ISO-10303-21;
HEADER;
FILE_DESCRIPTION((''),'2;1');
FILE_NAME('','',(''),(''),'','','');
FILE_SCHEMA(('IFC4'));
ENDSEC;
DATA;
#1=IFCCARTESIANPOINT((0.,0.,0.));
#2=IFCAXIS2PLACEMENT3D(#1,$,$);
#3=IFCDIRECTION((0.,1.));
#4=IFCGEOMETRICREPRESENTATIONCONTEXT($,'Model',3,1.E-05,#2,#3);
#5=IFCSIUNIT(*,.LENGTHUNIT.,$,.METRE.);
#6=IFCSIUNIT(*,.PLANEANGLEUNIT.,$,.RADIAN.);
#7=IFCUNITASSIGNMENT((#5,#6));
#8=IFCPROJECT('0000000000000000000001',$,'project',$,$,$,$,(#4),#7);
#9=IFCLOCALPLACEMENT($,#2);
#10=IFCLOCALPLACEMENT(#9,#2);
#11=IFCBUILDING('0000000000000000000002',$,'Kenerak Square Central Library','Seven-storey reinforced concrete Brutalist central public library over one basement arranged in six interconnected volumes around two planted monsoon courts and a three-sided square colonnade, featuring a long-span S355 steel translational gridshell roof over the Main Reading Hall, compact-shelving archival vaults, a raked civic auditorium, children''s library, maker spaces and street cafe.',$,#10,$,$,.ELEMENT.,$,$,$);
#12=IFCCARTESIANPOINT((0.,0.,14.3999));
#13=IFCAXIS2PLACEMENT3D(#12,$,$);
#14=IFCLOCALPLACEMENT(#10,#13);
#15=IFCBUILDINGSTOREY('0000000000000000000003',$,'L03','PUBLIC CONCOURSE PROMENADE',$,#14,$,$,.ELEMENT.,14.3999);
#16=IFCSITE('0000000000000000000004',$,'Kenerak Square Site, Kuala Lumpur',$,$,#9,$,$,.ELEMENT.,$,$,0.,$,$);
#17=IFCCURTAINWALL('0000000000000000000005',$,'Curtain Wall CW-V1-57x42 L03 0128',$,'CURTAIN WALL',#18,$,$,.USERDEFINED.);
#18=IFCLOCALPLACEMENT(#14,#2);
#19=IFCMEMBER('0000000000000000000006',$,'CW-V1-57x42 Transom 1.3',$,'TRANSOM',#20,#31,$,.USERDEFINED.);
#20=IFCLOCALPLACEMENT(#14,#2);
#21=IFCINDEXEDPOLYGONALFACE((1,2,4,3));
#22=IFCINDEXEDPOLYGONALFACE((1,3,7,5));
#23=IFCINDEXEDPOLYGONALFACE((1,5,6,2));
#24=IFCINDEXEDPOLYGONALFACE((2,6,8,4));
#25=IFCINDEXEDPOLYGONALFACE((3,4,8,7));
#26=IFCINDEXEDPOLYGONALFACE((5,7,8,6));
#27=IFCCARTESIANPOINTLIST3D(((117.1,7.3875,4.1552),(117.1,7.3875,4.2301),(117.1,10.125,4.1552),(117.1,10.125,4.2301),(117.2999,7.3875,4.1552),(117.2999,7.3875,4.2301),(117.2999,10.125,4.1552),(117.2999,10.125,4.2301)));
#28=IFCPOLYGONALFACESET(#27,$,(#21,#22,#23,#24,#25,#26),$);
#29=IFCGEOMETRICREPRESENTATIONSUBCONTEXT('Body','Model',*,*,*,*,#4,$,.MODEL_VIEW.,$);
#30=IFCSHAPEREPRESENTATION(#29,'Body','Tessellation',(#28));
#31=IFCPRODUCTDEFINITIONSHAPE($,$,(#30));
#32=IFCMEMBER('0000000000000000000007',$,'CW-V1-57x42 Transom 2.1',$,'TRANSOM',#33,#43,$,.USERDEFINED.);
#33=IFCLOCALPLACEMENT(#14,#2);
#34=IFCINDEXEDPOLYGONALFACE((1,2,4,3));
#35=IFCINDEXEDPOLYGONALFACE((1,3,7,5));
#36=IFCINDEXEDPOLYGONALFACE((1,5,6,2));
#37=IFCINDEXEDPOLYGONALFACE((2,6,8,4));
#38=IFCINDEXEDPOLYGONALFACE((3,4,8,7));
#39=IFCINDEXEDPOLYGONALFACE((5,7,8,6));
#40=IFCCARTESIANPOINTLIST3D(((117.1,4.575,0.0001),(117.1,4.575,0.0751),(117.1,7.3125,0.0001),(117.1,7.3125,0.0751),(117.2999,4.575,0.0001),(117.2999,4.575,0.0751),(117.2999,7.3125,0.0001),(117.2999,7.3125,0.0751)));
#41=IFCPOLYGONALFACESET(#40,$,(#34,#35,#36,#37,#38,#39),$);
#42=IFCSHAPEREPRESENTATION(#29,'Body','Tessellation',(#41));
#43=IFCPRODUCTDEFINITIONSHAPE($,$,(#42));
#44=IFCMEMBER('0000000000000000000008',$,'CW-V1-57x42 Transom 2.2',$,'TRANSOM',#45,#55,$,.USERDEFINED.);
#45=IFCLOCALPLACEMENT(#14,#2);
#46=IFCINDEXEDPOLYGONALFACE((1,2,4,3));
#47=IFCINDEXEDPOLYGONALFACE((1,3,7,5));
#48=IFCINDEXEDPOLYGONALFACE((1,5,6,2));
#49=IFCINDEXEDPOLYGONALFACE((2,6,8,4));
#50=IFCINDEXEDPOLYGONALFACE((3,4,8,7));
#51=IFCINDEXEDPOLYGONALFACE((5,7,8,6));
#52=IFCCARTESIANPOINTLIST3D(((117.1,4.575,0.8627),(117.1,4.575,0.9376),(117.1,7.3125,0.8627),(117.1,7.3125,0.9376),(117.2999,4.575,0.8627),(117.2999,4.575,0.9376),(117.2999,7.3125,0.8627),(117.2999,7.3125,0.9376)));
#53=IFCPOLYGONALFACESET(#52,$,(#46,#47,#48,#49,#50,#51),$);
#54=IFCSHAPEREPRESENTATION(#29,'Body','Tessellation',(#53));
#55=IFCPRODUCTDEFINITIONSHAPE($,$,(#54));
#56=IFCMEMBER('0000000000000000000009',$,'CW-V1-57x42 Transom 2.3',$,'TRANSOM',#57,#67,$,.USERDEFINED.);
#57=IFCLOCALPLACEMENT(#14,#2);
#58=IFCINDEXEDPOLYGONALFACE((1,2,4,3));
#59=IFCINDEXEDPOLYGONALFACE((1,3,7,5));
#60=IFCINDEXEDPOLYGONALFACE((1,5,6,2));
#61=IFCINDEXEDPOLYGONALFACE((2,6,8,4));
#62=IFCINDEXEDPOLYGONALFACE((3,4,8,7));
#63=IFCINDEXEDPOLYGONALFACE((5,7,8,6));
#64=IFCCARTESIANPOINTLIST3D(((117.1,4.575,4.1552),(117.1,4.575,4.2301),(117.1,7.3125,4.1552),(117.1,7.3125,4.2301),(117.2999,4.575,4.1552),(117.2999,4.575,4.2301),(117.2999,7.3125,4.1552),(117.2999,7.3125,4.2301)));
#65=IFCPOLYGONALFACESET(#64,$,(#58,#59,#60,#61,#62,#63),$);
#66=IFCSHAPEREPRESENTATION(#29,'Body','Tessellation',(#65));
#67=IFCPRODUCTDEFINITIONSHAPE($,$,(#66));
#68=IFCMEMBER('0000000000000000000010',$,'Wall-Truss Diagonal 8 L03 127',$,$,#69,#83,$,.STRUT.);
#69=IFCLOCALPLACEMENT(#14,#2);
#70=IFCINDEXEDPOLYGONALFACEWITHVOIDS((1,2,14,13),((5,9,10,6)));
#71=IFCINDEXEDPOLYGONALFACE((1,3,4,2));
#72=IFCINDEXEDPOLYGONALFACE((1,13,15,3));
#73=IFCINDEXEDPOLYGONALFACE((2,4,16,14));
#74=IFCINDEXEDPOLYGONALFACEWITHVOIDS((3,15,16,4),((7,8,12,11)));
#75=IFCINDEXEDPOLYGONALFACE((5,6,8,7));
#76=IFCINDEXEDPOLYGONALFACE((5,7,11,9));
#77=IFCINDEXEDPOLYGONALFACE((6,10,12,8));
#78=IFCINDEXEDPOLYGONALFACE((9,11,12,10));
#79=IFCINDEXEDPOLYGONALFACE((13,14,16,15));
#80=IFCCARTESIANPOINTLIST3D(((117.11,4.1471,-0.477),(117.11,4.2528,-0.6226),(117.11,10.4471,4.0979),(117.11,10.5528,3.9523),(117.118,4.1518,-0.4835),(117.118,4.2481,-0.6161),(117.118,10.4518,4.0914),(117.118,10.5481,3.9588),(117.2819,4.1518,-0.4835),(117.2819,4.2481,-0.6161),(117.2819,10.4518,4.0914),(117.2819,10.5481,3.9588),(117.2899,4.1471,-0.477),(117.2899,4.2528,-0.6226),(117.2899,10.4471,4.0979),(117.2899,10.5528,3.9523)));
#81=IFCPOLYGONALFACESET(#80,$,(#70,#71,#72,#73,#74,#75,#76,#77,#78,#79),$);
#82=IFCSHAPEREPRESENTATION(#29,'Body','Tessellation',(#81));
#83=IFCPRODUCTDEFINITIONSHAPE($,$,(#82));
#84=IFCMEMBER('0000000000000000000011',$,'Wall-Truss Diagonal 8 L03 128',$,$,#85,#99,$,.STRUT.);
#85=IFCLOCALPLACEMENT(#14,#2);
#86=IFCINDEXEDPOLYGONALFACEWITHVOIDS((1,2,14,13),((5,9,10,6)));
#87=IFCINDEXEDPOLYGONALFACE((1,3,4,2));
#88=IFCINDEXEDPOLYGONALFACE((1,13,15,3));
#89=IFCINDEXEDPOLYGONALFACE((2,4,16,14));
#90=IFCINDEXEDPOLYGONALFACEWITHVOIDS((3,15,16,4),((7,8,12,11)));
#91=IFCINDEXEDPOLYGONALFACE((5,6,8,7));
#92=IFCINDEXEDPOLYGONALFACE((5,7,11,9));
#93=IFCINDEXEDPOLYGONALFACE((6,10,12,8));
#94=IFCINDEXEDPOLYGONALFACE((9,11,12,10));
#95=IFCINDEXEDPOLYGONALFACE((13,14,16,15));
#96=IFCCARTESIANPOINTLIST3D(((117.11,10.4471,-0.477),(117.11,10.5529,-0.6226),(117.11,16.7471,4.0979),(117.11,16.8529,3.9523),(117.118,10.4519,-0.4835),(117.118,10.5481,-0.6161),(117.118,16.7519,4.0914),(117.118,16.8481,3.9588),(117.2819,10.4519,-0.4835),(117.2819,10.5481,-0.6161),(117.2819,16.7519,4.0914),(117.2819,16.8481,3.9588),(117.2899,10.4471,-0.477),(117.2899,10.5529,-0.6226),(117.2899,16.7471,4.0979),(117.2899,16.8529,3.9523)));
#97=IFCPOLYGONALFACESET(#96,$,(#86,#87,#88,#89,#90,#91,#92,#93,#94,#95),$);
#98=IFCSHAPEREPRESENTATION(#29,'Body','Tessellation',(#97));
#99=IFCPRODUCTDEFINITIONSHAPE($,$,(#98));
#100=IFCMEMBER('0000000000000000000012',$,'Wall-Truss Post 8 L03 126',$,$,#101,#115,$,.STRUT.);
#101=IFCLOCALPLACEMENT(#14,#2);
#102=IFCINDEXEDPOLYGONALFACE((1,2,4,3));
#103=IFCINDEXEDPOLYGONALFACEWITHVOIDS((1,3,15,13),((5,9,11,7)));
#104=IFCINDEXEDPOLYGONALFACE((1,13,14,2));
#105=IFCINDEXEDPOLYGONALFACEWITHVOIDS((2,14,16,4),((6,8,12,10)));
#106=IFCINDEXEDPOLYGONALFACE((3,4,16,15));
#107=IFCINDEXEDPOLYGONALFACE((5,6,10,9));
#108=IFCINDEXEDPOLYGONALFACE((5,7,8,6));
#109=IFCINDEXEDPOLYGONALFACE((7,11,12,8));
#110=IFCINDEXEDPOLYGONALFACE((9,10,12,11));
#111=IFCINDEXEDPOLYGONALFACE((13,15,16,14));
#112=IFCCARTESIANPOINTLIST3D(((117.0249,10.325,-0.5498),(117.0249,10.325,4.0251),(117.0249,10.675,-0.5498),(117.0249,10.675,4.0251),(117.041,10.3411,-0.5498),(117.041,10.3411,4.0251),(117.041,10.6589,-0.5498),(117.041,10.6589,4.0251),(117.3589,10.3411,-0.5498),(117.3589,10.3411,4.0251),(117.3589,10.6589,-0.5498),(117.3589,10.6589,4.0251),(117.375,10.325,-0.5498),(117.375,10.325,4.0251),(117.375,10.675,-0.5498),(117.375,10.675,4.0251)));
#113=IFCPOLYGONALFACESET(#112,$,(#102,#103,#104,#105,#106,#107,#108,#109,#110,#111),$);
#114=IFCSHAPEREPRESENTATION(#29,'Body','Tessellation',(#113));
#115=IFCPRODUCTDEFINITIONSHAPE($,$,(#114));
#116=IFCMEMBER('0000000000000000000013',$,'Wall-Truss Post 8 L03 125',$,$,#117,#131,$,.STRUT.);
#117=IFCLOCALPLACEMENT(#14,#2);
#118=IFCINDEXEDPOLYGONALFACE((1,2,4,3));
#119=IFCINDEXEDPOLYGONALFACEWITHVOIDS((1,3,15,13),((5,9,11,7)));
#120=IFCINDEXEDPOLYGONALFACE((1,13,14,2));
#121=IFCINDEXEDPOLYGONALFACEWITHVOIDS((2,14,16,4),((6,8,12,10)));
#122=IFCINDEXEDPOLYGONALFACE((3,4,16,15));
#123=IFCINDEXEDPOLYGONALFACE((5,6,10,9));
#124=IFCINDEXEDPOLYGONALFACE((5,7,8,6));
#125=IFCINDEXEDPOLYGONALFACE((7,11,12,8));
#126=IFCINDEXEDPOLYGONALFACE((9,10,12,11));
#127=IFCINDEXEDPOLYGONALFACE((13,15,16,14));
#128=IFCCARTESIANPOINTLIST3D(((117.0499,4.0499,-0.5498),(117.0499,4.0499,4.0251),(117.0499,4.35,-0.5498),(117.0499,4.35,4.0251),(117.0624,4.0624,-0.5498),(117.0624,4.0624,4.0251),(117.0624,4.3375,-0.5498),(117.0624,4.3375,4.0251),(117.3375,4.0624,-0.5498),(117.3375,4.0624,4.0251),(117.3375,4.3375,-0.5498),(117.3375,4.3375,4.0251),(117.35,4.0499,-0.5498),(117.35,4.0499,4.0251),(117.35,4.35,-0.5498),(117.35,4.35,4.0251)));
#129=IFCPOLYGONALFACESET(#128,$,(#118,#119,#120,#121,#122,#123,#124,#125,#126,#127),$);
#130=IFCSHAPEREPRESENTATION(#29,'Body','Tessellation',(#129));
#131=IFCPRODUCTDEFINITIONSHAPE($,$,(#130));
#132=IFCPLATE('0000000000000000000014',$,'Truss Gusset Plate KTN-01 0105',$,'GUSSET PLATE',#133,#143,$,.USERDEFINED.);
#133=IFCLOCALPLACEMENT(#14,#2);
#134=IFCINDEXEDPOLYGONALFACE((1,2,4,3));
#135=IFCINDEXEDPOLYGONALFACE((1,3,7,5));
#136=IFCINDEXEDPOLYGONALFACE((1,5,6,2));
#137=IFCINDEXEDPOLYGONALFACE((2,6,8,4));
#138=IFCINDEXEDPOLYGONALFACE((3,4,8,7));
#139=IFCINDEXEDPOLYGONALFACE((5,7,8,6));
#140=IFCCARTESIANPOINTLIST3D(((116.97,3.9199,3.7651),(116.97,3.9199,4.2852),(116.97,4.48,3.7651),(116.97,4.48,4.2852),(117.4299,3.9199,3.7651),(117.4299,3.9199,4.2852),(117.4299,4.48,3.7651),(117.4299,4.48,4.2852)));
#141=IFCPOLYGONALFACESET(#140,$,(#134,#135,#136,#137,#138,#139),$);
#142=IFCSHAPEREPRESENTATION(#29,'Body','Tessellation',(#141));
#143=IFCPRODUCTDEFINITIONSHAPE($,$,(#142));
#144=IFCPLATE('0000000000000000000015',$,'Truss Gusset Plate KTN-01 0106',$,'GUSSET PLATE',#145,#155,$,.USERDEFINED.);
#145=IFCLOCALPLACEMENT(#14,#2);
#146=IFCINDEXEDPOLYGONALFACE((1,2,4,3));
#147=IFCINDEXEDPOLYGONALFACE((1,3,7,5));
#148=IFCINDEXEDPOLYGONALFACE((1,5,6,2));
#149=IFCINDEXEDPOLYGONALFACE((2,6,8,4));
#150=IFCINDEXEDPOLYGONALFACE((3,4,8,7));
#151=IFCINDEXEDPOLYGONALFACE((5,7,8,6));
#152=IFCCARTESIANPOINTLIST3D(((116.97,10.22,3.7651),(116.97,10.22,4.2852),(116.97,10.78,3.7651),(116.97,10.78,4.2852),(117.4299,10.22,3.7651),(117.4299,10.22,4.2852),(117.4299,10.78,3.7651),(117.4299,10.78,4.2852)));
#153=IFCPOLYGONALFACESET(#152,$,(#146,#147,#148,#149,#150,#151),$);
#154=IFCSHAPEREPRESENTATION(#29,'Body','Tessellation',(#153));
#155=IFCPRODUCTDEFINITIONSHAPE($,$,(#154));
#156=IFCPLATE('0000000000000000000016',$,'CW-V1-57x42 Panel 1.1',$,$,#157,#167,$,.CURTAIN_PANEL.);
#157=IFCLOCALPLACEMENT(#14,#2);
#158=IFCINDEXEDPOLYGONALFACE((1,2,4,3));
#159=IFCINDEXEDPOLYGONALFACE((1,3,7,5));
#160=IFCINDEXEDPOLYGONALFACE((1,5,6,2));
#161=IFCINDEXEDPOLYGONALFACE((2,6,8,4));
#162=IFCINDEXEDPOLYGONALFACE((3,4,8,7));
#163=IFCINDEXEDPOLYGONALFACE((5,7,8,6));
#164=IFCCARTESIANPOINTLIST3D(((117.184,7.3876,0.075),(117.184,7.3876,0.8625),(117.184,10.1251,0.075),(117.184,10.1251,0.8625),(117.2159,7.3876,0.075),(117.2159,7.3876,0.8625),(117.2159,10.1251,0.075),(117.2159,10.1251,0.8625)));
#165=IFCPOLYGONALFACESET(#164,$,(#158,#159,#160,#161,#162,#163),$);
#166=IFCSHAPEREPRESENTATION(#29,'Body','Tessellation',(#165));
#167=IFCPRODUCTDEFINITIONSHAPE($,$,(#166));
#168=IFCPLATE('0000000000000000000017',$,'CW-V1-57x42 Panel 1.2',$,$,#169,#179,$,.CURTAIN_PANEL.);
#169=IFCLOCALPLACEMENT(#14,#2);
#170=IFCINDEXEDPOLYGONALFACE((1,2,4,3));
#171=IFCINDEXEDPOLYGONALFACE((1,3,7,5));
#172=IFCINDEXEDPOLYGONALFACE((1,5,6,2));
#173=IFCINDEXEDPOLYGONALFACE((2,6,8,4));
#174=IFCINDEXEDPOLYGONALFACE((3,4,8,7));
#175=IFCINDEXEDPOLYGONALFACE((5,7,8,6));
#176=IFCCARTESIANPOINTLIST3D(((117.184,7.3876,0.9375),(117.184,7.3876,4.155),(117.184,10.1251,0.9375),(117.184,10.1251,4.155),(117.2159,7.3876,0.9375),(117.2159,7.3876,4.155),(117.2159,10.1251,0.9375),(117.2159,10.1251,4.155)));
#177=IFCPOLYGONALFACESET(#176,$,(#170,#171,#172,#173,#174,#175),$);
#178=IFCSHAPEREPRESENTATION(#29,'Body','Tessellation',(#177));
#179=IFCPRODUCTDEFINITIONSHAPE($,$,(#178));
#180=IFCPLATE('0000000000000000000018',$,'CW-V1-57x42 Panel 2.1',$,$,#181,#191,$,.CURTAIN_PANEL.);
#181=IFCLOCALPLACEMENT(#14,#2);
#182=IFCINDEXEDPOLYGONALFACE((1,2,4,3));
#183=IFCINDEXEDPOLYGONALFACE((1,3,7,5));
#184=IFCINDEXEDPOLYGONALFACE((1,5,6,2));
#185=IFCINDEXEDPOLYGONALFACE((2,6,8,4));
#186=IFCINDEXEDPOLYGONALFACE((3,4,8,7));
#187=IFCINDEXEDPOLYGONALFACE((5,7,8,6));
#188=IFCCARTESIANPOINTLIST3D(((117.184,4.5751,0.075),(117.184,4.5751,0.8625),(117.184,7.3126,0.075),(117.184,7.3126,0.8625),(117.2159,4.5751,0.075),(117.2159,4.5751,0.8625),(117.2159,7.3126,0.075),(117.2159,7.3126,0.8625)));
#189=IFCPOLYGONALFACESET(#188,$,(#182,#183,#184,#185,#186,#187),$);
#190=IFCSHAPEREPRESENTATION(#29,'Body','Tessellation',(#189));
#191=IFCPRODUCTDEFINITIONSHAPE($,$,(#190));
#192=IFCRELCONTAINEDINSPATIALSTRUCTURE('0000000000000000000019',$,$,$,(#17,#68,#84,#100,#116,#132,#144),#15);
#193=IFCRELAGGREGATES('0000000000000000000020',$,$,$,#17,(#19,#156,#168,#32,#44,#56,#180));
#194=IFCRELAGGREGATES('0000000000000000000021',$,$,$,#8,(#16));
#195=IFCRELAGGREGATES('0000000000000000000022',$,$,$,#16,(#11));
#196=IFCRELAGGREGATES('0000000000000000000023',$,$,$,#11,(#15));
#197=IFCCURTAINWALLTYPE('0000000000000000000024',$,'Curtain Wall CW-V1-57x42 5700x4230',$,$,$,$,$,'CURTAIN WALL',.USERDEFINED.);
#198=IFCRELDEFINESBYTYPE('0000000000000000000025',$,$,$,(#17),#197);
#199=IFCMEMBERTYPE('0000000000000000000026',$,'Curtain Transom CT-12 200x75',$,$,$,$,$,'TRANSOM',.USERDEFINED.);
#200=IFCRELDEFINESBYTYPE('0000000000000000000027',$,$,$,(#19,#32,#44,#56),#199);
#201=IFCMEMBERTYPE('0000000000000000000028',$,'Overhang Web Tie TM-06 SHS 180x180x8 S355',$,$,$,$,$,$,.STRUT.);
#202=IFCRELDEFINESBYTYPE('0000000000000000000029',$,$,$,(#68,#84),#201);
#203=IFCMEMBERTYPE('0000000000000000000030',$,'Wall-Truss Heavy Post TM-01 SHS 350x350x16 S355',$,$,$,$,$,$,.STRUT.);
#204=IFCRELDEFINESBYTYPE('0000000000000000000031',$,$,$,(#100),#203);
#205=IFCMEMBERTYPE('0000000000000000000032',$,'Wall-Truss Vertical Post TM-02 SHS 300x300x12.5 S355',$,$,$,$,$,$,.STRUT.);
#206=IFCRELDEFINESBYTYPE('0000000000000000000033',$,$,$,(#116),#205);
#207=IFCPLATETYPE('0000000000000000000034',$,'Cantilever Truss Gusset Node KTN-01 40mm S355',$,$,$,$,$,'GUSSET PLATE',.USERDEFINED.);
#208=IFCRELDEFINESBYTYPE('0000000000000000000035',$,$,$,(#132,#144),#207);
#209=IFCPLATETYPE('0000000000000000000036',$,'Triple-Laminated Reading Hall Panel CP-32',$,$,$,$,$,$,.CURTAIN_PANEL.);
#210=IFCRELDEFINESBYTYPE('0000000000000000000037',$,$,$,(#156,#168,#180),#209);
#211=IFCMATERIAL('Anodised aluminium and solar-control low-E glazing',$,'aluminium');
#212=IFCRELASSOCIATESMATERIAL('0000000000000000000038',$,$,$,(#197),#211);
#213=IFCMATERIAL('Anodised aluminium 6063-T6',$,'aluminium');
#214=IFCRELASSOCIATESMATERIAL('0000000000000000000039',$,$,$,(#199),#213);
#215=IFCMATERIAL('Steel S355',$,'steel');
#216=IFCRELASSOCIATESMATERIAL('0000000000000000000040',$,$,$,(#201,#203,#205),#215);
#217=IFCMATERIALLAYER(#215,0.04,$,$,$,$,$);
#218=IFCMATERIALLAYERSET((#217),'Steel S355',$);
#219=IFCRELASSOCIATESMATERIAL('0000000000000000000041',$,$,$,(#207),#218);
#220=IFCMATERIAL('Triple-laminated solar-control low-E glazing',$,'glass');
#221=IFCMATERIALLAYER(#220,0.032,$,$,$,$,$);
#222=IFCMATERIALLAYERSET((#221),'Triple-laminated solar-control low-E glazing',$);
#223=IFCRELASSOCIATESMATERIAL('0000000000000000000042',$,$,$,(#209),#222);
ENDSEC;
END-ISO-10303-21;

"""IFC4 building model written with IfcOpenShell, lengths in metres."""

from ifc_helpers import new_model, si_unit, direction, frame, origin, origin_2d, place, context, subcontext, project, spatial, rectangle, hollow_rectangle, extrude, material, layer, layer_set, material_profile, profile_set, type_object, element, aggregate, save


model = new_model("IFC4")

# Units and contexts
model_context = context("Model", 3, precision=1e-05, world=origin(), true_north=direction((0.0, 1.0)))
body_context = subcontext(model_context, "Body", "Model", "MODEL_VIEW")
ifc_project = project(units=[si_unit("LENGTHUNIT", "METRE"), si_unit("PLANEANGLEUNIT", "RADIAN")], contexts=[model_context])

# Site, building, storey
site_placement = place(None, origin())
site = spatial("IfcSite", under=ifc_project, at=site_placement, Name="Kenerak Square Site, Kuala Lumpur", CompositionType="ELEMENT", RefElevation=0.0)
building_placement = place(site_placement, origin())
building = spatial("IfcBuilding", under=site, at=building_placement, Name="Kenerak Square Central Library", Description="Seven-storey reinforced concrete Brutalist central public library over one basement arranged in six interconnected volumes around two planted monsoon courts and a three-sided square colonnade, featuring a long-span S355 steel translational gridshell roof over the Main Reading Hall, compact-shelving archival vaults, a raked civic auditorium, children's library, maker spaces and street cafe.", CompositionType="ELEMENT")
storey_placement = place(building_placement, frame((0.0, 0.0, 14.3999)))
storey = spatial("IfcBuildingStorey", under=building, at=storey_placement, Name="L03", Description="PUBLIC CONCOURSE PROMENADE", CompositionType="ELEMENT", Elevation=14.3999)

# Shared definitions
ifc_material_1 = material(Name="Steel S355", Category="steel")

# Shared definitions
ifc_material_2 = material(Name="Anodised aluminium and solar-control low-E glazing", Category="aluminium")
ifc_material_3 = material(Name="Anodised aluminium 6063-T6", Category="aluminium")

# Curtain wall
curtain_wall_type_1 = type_object("IfcCurtainWallType", Name="Curtain Wall CW-V1-57x42 5700x4230", ElementType="CURTAIN WALL", PredefinedType="USERDEFINED", material=ifc_material_2)
curtain_wall_1_placement = place(storey_placement, origin())
curtain_wall_1 = element("IfcCurtainWall", 1, at=curtain_wall_1_placement, inside=storey, type_object=curtain_wall_type_1, Name="Curtain Wall CW-V1-57x42 L03 0128", ObjectType="CURTAIN WALL", PredefinedType="USERDEFINED")

# Members
ifc_material_profile_1 = material_profile(ifc_material_3, rectangle(XDim=0.2, YDim=0.075, at=origin_2d()), Name="AL TRANSOM 200x75")
ifc_profile_set_1 = profile_set([ifc_material_profile_1], Name="Anodised aluminium 6063-T6")
member_type_1 = type_object("IfcMemberType", Name="Curtain Transom CT-12 200x75", ElementType="TRANSOM", PredefinedType="USERDEFINED", material=ifc_profile_set_1)
member_1_placement = place(storey_placement, frame((117.2, 10.125, 4.1926), z_axis=(0.0, -1.0, 0.0), x_axis=(1.0, 0.0, 0.0)))
member_1 = element("IfcMember", 2, at=member_1_placement, type_object=member_type_1, Name="CW-V1-57x42 Transom 1.3", ObjectType="TRANSOM", PredefinedType="USERDEFINED", context=body_context, shape_type="SweptSolid", body=[
    extrude(rectangle(XDim=0.2, YDim=0.075, at=origin_2d()), origin(), (0.0, 0.0, 1.0), 2.7375),
])
member_2_placement = place(storey_placement, frame((117.2, 7.3125, 0.0376), z_axis=(0.0, -1.0, 0.0), x_axis=(1.0, 0.0, 0.0)))
member_2 = element("IfcMember", 3, at=member_2_placement, type_object=member_type_1, Name="CW-V1-57x42 Transom 2.1", ObjectType="TRANSOM", PredefinedType="USERDEFINED", context=body_context, shape_type="SweptSolid", body=[
    extrude(rectangle(XDim=0.2, YDim=0.075, at=origin_2d()), origin(), (0.0, 0.0, 1.0), 2.7375),
])
member_3_placement = place(storey_placement, frame((117.2, 7.3125, 0.9001), z_axis=(0.0, -1.0, 0.0), x_axis=(1.0, 0.0, 0.0)))
member_3 = element("IfcMember", 4, at=member_3_placement, type_object=member_type_1, Name="CW-V1-57x42 Transom 2.2", ObjectType="TRANSOM", PredefinedType="USERDEFINED", context=body_context, shape_type="SweptSolid", body=[
    extrude(rectangle(XDim=0.2, YDim=0.075, at=origin_2d()), origin(), (0.0, 0.0, 1.0), 2.7375),
])
member_4_placement = place(storey_placement, frame((117.2, 7.3125, 4.1926), z_axis=(0.0, -1.0, 0.0), x_axis=(1.0, 0.0, 0.0)))
member_4 = element("IfcMember", 5, at=member_4_placement, type_object=member_type_1, Name="CW-V1-57x42 Transom 2.3", ObjectType="TRANSOM", PredefinedType="USERDEFINED", context=body_context, shape_type="SweptSolid", body=[
    extrude(rectangle(XDim=0.2, YDim=0.075, at=origin_2d()), origin(), (0.0, 0.0, 1.0), 2.7375),
])

# Members
ifc_material_profile_2 = material_profile(ifc_material_1, hollow_rectangle(XDim=0.1799, YDim=0.1799, WallThickness=0.0081, at=origin_2d()), Name="SHS 180x180x8.0")
ifc_profile_set_2 = profile_set([ifc_material_profile_2], Name="Steel S355")
member_type_2 = type_object("IfcMemberType", Name="Overhang Web Tie TM-06 SHS 180x180x8 S355", PredefinedType="STRUT", material=ifc_profile_set_2)
for number, where, z_axis, x_axis, name in (
    (6, (117.2, 4.2, -0.5498), (0.0, 0.809158, 0.587592), (-1.0, 0.0, 0.0), "Wall-Truss Diagonal 8 L03 127"),
    (7, (117.2, 10.5, -0.5498), (0.0, 0.809158, 0.587592), (-1.0, 0.0, 0.0), "Wall-Truss Diagonal 8 L03 128"),
):
    element("IfcMember", number, at=place(storey_placement, frame(where, z_axis=z_axis, x_axis=x_axis)), inside=storey, type_object=member_type_2, Name=name, PredefinedType="STRUT", context=body_context, shape_type="SweptSolid", body=[
        extrude(hollow_rectangle(XDim=0.1799, YDim=0.1799, WallThickness=0.0081, at=origin_2d()), origin(), (0.0, 0.0, 1.0), 7.7859),
    ])
ifc_material_profile_3 = material_profile(ifc_material_1, hollow_rectangle(XDim=0.3501, YDim=0.3501, WallThickness=0.0161, at=origin_2d()), Name="SHS 350x350x16.0")
ifc_profile_set_3 = profile_set([ifc_material_profile_3], Name="Steel S355")
member_type_3 = type_object("IfcMemberType", Name="Wall-Truss Heavy Post TM-01 SHS 350x350x16 S355", PredefinedType="STRUT", material=ifc_profile_set_3)
member_5_placement = place(storey_placement, frame((117.2, 10.5, -0.5498), z_axis=(0.0, 0.0, 1.0), x_axis=(1.0, 0.0, 0.0)))
element("IfcMember", 8, at=member_5_placement, inside=storey, type_object=member_type_3, Name="Wall-Truss Post 8 L03 126", PredefinedType="STRUT", context=body_context, shape_type="SweptSolid", body=[
    extrude(hollow_rectangle(XDim=0.3501, YDim=0.3501, WallThickness=0.0161, at=origin_2d()), origin(), (0.0, 0.0, 1.0), 4.575),
])
ifc_material_profile_4 = material_profile(ifc_material_1, hollow_rectangle(XDim=0.3, YDim=0.3, WallThickness=0.0125, at=origin_2d()), Name="SHS 300x300x12.5")
ifc_profile_set_4 = profile_set([ifc_material_profile_4], Name="Steel S355")
member_type_4 = type_object("IfcMemberType", Name="Wall-Truss Vertical Post TM-02 SHS 300x300x12.5 S355", PredefinedType="STRUT", material=ifc_profile_set_4)
member_6_placement = place(storey_placement, frame((117.2, 4.2, -0.5498), z_axis=(0.0, 0.0, 1.0), x_axis=(1.0, 0.0, 0.0)))
element("IfcMember", 9, at=member_6_placement, inside=storey, type_object=member_type_4, Name="Wall-Truss Post 8 L03 125", PredefinedType="STRUT", context=body_context, shape_type="SweptSolid", body=[
    extrude(hollow_rectangle(XDim=0.3, YDim=0.3, WallThickness=0.0125, at=origin_2d()), origin(), (0.0, 0.0, 1.0), 4.575),
])

# Plates
ifc_layer_1 = layer(ifc_material_1, 0.04)
ifc_layer_set_1 = layer_set([ifc_layer_1], Name="Steel S355")
plate_type_1 = type_object("IfcPlateType", Name="Cantilever Truss Gusset Node KTN-01 40mm S355", ElementType="GUSSET PLATE", PredefinedType="USERDEFINED", material=ifc_layer_set_1)
for number, where, z_axis, x_axis, name in (
    (10, (117.2, 4.2, 3.7651), (0.0, 0.0, 1.0), (1.0, 0.0, 0.0), "Truss Gusset Plate KTN-01 0105"),
    (11, (117.2, 10.5, 3.7651), (0.0, 0.0, 1.0), (1.0, 0.0, 0.0), "Truss Gusset Plate KTN-01 0106"),
):
    element("IfcPlate", number, at=place(storey_placement, frame(where, z_axis=z_axis, x_axis=x_axis)), inside=storey, type_object=plate_type_1, Name=name, ObjectType="GUSSET PLATE", PredefinedType="USERDEFINED", context=body_context, shape_type="SweptSolid", body=[
        extrude(rectangle(XDim=0.46, YDim=0.5601, at=origin_2d()), origin(), (0.0, 0.0, 1.0), 0.52),
    ])

# Plates
ifc_material_4 = material(Name="Triple-laminated solar-control low-E glazing", Category="glass")
ifc_layer_2 = layer(ifc_material_4, 0.032)
ifc_layer_set_2 = layer_set([ifc_layer_2], Name="Triple-laminated solar-control low-E glazing")
plate_type_2 = type_object("IfcPlateType", Name="Triple-Laminated Reading Hall Panel CP-32", PredefinedType="CURTAIN_PANEL", material=ifc_layer_set_2)
plate_1_placement = place(storey_placement, frame((117.2, 8.7563, 0.075), z_axis=(0.0, 0.0, 1.0), x_axis=(0.0, -1.0, 0.0)))
plate_1 = element("IfcPlate", 12, at=plate_1_placement, type_object=plate_type_2, Name="CW-V1-57x42 Panel 1.1", PredefinedType="CURTAIN_PANEL", context=body_context, shape_type="SweptSolid", body=[
    extrude(rectangle(XDim=2.7375, YDim=0.032, at=origin_2d()), origin(), (0.0, 0.0, 1.0), 0.7876),
])
plate_2_placement = place(storey_placement, frame((117.2, 8.7563, 0.9375), z_axis=(0.0, 0.0, 1.0), x_axis=(0.0, -1.0, 0.0)))
plate_2 = element("IfcPlate", 13, at=plate_2_placement, type_object=plate_type_2, Name="CW-V1-57x42 Panel 1.2", PredefinedType="CURTAIN_PANEL", context=body_context, shape_type="SweptSolid", body=[
    extrude(rectangle(XDim=2.7375, YDim=0.032, at=origin_2d()), origin(), (0.0, 0.0, 1.0), 3.2175),
])
plate_3_placement = place(storey_placement, frame((117.2, 5.9438, 0.075), z_axis=(0.0, 0.0, 1.0), x_axis=(0.0, -1.0, 0.0)))
plate_3 = element("IfcPlate", 14, at=plate_3_placement, type_object=plate_type_2, Name="CW-V1-57x42 Panel 2.1", PredefinedType="CURTAIN_PANEL", context=body_context, shape_type="SweptSolid", body=[
    extrude(rectangle(XDim=2.7375, YDim=0.032, at=origin_2d()), origin(), (0.0, 0.0, 1.0), 0.7876),
])
aggregate(curtain_wall_1, [member_1, plate_1, plate_2, member_2, member_3, member_4, plate_3])

save(model, "model.ifc")
